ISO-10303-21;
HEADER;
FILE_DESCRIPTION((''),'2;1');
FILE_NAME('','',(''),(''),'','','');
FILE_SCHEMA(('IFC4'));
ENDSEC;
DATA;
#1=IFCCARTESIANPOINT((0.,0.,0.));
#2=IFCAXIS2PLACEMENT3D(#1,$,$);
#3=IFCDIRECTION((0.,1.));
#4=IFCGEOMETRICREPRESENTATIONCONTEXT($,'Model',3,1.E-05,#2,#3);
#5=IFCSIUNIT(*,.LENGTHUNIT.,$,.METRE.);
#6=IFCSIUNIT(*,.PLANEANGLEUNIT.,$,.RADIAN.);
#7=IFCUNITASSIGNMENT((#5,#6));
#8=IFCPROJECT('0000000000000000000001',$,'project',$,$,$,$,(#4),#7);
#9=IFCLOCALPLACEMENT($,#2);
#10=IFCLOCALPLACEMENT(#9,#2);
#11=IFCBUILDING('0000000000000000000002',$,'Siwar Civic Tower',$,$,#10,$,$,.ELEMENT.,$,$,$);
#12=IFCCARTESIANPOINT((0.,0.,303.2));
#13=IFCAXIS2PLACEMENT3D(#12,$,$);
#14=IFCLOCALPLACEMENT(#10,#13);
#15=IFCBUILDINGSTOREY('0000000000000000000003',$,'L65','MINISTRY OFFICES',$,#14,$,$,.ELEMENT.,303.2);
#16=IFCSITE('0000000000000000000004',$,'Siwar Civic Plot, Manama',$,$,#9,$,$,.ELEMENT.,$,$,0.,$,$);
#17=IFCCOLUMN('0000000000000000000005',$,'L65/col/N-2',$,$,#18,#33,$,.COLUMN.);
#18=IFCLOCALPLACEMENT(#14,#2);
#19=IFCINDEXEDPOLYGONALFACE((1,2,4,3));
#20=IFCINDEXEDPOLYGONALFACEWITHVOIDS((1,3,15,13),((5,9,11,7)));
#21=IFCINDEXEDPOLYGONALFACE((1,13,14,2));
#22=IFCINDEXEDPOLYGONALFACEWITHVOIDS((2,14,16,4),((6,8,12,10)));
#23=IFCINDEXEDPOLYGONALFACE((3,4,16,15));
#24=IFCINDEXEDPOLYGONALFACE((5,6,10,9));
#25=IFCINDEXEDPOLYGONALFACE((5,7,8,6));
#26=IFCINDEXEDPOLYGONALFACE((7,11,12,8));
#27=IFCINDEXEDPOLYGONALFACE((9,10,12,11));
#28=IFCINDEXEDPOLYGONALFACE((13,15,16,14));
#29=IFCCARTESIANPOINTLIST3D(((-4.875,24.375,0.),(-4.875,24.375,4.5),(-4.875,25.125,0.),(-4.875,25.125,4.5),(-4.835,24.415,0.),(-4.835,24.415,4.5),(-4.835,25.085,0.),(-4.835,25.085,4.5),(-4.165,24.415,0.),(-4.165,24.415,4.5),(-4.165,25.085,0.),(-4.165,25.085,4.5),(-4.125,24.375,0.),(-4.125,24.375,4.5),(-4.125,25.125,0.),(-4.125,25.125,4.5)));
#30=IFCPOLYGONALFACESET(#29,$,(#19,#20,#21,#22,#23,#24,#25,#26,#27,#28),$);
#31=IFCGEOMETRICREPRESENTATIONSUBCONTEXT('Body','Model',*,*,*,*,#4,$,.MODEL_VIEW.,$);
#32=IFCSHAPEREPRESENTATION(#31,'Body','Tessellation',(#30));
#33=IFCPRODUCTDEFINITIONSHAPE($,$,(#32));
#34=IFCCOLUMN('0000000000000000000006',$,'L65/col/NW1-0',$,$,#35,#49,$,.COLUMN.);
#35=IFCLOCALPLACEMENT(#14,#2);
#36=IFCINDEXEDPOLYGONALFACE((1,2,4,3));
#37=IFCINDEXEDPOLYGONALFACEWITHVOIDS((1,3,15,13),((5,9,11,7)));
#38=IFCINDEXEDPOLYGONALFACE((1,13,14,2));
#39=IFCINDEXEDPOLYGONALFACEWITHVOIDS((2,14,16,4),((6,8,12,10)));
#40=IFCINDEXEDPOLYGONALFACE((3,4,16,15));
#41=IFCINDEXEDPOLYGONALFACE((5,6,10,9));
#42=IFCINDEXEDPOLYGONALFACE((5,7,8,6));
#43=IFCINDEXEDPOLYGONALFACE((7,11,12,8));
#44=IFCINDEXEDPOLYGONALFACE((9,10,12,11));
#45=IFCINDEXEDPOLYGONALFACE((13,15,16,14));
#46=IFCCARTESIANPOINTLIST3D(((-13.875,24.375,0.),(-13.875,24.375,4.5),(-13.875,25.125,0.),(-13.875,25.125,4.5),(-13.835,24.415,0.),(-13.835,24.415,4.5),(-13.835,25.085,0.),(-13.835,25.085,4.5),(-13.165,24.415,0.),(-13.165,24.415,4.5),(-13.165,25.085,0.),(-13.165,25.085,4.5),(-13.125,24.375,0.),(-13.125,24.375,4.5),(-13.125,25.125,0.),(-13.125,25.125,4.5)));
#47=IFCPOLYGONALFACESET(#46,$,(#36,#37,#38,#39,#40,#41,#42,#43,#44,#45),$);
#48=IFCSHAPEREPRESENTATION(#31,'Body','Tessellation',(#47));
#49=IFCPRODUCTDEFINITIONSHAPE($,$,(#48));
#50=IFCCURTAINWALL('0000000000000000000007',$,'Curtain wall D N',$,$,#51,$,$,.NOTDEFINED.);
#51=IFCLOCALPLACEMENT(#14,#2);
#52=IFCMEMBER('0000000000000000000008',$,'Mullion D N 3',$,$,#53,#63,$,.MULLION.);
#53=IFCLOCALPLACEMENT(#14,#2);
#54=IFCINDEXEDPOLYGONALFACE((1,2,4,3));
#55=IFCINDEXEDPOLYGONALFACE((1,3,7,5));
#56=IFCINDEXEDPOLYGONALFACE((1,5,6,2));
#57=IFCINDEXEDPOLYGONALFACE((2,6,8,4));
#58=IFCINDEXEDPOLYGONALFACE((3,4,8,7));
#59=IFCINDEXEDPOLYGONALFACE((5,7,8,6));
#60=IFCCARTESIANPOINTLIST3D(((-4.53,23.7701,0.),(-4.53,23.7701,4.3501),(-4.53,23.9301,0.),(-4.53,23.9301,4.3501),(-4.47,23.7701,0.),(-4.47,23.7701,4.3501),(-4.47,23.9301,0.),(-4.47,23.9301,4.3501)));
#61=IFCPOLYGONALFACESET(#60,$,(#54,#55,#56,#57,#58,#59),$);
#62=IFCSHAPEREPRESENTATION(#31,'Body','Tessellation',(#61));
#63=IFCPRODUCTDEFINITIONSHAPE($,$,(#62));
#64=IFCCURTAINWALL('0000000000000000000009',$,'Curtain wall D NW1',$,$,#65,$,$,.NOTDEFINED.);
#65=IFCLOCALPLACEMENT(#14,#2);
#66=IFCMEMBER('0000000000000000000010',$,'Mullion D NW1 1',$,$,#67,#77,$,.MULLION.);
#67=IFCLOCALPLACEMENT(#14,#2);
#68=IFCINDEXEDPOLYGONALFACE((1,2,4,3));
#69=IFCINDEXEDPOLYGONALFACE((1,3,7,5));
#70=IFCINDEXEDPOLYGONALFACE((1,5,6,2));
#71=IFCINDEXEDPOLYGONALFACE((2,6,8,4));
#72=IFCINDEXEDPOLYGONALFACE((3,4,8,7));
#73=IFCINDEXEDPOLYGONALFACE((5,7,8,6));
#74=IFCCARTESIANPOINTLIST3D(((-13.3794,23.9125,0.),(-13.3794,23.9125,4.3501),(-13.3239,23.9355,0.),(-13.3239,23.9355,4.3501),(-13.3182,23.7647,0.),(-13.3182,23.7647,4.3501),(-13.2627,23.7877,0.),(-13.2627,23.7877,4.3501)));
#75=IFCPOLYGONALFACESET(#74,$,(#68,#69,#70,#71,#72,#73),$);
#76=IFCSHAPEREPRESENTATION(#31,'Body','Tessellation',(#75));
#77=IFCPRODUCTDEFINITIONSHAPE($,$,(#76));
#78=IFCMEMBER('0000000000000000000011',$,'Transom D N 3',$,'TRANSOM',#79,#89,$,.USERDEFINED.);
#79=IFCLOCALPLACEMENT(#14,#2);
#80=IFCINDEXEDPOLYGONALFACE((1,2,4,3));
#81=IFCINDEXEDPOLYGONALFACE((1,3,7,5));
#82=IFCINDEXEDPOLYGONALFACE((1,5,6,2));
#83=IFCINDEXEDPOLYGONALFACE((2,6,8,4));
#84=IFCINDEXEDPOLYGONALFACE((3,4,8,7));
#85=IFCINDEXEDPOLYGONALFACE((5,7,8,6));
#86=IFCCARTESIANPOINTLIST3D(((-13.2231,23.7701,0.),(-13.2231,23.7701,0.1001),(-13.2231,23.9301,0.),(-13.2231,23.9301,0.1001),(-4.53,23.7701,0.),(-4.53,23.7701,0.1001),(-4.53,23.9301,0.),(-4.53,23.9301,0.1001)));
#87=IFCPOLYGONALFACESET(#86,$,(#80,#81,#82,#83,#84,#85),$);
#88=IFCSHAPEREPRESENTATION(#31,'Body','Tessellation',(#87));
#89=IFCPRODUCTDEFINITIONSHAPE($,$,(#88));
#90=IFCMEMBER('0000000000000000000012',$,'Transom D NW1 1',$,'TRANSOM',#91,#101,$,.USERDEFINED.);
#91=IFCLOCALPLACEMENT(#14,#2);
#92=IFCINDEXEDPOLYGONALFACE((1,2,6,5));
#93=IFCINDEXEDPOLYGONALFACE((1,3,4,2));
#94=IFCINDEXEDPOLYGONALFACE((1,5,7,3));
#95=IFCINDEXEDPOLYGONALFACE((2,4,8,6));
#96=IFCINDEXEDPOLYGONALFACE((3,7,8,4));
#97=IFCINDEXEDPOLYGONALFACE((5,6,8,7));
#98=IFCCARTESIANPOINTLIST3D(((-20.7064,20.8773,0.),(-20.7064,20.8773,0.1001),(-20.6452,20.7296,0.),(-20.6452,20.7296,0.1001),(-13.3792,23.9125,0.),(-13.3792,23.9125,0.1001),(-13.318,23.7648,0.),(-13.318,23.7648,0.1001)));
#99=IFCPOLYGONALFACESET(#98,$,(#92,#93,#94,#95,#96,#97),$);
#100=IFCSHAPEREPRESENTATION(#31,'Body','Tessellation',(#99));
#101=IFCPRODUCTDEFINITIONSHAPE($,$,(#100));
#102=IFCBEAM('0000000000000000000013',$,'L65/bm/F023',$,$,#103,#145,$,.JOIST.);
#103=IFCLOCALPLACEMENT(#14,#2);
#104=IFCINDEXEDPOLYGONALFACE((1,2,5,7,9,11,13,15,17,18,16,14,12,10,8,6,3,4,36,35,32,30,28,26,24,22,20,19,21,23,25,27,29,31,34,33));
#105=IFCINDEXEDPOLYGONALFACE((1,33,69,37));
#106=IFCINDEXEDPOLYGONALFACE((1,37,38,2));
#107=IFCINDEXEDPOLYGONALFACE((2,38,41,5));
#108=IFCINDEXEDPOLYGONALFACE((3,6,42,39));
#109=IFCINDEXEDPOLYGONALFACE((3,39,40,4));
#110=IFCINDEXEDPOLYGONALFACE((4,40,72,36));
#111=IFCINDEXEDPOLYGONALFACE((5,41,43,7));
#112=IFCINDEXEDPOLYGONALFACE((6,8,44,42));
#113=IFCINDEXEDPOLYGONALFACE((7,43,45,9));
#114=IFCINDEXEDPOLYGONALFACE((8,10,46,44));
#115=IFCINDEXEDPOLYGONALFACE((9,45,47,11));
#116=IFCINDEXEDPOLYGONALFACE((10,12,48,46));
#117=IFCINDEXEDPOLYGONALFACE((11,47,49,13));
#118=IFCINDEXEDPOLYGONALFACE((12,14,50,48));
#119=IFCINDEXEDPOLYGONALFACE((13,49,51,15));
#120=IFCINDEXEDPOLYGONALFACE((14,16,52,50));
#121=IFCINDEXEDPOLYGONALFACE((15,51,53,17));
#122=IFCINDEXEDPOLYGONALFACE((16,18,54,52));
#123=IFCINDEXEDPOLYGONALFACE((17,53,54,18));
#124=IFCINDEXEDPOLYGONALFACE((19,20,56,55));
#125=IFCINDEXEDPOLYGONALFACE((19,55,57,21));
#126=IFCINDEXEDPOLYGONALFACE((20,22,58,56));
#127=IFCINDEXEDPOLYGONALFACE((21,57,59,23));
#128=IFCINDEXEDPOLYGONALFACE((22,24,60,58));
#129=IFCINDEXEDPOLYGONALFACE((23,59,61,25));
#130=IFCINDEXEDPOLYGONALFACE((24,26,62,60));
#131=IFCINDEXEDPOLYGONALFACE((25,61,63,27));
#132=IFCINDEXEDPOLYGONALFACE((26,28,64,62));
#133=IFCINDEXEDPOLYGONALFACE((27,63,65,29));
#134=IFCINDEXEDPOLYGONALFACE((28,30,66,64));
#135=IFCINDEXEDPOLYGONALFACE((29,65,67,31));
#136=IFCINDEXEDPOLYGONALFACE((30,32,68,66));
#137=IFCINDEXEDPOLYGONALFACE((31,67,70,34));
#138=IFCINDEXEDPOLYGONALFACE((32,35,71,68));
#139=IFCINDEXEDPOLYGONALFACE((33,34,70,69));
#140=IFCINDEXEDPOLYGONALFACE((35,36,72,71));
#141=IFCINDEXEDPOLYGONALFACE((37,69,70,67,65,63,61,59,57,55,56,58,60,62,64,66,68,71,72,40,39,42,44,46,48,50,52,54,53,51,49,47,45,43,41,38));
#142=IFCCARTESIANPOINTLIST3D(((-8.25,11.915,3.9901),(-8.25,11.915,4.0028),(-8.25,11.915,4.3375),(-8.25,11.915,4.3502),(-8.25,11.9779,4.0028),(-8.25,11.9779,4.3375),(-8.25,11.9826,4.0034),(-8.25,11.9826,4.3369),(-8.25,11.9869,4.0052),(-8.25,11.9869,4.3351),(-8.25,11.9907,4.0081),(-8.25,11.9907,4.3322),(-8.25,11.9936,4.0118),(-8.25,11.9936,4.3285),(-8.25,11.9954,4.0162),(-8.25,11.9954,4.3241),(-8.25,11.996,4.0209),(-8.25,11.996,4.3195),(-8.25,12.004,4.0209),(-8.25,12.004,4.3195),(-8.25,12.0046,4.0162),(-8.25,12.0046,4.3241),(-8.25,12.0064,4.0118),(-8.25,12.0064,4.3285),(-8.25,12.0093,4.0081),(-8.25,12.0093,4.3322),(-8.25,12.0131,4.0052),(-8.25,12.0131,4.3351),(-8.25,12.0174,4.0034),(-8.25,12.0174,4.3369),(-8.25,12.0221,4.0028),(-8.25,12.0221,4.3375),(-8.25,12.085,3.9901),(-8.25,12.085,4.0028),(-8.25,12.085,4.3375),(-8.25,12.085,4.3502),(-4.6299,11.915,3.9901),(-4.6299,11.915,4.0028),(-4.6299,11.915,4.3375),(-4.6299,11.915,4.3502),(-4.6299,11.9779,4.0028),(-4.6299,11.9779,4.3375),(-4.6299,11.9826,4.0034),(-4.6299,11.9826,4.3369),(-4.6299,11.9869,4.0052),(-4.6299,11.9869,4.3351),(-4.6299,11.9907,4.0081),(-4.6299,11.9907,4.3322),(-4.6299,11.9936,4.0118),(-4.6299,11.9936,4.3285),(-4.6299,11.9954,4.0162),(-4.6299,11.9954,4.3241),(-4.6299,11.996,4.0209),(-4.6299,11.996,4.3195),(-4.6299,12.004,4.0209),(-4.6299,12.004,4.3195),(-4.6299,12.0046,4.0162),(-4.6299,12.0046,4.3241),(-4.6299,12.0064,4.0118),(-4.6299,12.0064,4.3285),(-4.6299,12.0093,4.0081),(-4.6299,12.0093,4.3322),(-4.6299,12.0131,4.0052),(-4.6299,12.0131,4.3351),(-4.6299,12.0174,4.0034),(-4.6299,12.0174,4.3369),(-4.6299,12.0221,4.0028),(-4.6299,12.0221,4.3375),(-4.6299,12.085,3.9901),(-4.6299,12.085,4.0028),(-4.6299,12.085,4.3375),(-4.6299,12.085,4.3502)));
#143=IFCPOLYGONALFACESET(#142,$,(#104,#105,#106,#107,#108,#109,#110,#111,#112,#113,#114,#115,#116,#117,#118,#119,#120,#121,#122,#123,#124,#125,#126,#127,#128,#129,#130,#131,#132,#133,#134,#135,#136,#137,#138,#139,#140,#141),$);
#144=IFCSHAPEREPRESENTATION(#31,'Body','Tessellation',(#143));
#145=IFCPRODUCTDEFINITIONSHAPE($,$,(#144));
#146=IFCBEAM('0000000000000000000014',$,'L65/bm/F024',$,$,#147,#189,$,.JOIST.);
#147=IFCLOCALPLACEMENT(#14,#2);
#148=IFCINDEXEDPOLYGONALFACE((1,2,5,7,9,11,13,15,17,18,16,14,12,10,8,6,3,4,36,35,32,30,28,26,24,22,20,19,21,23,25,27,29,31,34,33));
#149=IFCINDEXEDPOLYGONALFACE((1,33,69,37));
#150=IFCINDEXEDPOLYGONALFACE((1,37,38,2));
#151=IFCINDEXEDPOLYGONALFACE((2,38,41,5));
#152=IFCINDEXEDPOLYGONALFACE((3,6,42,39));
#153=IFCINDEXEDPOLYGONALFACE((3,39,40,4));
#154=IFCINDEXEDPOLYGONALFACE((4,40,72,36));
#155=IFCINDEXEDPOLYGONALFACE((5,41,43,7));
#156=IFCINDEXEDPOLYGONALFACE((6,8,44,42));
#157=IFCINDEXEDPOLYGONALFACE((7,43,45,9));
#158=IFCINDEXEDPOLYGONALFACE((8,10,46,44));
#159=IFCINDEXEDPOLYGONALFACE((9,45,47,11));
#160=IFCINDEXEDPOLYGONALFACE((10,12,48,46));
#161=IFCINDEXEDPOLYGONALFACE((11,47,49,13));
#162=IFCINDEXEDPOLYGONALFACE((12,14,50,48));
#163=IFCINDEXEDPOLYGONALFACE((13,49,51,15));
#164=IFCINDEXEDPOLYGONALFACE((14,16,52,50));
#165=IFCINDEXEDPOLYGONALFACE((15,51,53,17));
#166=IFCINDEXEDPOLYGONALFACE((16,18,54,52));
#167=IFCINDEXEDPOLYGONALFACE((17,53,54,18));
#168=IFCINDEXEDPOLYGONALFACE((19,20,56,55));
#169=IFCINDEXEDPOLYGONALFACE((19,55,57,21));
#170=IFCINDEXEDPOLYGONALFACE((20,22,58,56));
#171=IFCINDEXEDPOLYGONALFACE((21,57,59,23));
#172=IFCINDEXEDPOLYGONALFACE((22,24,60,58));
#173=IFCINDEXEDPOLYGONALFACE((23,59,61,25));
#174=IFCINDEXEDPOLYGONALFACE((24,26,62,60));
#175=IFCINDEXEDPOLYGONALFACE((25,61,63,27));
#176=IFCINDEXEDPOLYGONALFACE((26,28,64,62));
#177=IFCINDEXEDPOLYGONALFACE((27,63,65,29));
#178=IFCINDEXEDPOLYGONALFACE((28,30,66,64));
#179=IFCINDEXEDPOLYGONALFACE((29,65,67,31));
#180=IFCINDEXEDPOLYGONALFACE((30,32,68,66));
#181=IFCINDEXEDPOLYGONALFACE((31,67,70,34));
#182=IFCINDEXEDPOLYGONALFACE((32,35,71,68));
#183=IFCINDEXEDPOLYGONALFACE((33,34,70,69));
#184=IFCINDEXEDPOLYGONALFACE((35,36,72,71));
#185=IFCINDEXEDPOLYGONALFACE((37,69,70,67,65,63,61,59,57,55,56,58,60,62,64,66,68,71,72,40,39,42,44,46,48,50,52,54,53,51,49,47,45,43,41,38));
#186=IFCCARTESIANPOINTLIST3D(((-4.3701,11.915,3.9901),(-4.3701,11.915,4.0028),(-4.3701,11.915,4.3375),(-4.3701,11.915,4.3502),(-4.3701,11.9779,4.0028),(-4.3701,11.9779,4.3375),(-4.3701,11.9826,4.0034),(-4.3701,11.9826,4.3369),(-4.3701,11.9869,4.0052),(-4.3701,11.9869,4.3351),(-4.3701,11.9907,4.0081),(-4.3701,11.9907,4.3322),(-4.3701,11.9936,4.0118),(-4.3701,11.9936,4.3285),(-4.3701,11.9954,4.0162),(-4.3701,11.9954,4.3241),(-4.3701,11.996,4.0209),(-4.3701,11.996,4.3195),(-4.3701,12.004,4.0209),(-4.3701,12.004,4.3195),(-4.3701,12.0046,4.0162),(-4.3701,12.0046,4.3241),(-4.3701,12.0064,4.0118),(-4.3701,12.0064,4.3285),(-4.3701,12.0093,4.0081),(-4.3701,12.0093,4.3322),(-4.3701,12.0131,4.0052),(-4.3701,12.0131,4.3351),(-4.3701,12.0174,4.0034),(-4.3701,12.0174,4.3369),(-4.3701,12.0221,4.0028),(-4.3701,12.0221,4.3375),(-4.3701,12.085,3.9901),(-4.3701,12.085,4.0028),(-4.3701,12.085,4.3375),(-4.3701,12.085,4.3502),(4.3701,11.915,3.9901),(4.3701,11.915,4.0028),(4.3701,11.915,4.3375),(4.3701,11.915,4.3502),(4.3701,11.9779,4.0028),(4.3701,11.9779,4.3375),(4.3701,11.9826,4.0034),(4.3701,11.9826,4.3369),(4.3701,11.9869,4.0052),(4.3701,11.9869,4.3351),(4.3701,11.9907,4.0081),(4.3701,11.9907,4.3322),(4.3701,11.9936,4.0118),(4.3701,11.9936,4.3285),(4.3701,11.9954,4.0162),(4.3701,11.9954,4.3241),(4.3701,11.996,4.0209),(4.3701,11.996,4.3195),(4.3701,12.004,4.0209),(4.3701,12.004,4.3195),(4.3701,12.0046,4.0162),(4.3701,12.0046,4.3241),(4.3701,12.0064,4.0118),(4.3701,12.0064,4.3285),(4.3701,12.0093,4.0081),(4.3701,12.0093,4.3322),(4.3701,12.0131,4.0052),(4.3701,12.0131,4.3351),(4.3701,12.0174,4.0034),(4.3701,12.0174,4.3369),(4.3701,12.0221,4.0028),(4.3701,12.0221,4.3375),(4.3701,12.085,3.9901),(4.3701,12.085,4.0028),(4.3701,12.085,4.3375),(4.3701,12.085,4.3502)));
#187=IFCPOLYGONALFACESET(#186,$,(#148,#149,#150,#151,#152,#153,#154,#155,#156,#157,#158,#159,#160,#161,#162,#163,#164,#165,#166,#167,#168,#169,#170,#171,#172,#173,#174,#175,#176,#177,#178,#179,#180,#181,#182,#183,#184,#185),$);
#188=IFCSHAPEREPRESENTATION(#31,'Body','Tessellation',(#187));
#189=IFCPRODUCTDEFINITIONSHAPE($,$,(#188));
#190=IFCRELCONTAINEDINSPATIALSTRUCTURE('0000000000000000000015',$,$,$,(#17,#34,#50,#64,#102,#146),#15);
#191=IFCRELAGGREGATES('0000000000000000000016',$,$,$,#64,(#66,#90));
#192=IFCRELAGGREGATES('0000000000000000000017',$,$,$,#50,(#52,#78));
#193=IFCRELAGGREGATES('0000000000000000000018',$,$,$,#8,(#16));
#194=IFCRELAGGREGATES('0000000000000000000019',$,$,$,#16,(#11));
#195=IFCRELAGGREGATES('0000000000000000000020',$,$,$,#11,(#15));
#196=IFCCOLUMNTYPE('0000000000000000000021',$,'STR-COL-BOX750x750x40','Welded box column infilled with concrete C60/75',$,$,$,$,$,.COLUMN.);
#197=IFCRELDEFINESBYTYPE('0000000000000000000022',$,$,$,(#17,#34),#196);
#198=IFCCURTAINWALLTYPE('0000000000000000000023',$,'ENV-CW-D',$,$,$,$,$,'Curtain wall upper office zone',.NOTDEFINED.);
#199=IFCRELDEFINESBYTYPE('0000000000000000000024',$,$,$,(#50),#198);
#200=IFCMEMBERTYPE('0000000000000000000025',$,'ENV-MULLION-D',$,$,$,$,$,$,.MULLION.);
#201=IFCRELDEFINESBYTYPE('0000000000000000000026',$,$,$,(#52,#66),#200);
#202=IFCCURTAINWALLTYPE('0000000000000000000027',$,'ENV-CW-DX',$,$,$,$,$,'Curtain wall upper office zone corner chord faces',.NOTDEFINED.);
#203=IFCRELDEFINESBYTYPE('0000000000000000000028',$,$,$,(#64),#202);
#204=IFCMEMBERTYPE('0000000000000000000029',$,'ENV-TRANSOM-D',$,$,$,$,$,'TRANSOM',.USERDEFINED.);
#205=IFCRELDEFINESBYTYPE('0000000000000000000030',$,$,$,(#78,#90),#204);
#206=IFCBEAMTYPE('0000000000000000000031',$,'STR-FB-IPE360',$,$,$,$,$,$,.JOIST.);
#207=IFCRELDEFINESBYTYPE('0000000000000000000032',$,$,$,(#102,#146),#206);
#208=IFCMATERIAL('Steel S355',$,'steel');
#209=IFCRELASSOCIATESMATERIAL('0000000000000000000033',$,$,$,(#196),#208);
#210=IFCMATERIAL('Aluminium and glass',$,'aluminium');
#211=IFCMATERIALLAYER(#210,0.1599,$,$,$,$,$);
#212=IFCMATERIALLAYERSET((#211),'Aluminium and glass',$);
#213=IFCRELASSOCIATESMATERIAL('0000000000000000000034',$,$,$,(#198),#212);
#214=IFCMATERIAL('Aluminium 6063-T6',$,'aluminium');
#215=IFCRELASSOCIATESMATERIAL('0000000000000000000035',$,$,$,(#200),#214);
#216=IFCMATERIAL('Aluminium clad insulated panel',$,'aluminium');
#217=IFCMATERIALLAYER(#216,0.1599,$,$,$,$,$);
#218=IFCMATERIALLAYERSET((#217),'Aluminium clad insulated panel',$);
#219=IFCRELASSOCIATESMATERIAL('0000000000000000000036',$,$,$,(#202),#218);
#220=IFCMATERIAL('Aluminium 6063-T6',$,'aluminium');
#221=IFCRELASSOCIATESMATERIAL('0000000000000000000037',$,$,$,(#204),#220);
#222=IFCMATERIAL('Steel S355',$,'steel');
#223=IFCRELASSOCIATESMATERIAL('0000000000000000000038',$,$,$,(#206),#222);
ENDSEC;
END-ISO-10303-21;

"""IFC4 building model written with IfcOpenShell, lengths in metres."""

from ifc_helpers import new_model, si_unit, direction, frame, origin, origin_2d, place, context, subcontext, project, spatial, rectangle, hollow_rectangle, i_section, extrude, material, layer, layer_set, material_profile, profile_set, type_object, element, aggregate, save


model = new_model("IFC4")

# Units and contexts
model_context = context("Model", 3, precision=1e-05, world=origin(), true_north=direction((0.0, 1.0)))
body_context = subcontext(model_context, "Body", "Model", "MODEL_VIEW")
ifc_project = project(units=[si_unit("LENGTHUNIT", "METRE"), si_unit("PLANEANGLEUNIT", "RADIAN")], contexts=[model_context])

# Site, building, storey
site_placement = place(None, origin())
site = spatial("IfcSite", under=ifc_project, at=site_placement, Name="Siwar Civic Plot, Manama", CompositionType="ELEMENT", RefElevation=0.0)
building_placement = place(site_placement, origin())
building = spatial("IfcBuilding", under=site, at=building_placement, Name="Siwar Civic Tower", CompositionType="ELEMENT")
storey_placement = place(building_placement, frame((0.0, 0.0, 303.2)))
storey = spatial("IfcBuildingStorey", under=building, at=storey_placement, Name="L65", Description="MINISTRY OFFICES", CompositionType="ELEMENT", Elevation=303.2)

# Columns
ifc_material_1 = material(Name="Steel S355", Category="steel")
ifc_material_profile_1 = material_profile(ifc_material_1, hollow_rectangle(XDim=0.75, YDim=0.75, WallThickness=0.04, at=origin_2d()), Name="BOX750x750x40")
ifc_profile_set_1 = profile_set([ifc_material_profile_1], Name="Steel S355")
column_type = type_object("IfcColumnType", Name="STR-COL-BOX750x750x40", Description="Welded box column infilled with concrete C60/75", PredefinedType="COLUMN", material=ifc_profile_set_1)
for number, where, z_axis, x_axis, name in (
    (1, (-4.5, 24.75, 0.0), (0.0, 0.0, 1.0), (1.0, 0.0, 0.0), "L65/col/N-2"),
    (2, (-13.5, 24.75, 0.0), (0.0, 0.0, 1.0), (1.0, 0.0, 0.0), "L65/col/NW1-0"),
):
    element("IfcColumn", number, at=place(storey_placement, frame(where, z_axis=z_axis, x_axis=x_axis)), inside=storey, type_object=column_type, Name=name, PredefinedType="COLUMN", context=body_context, shape_type="SweptSolid", body=[
        extrude(hollow_rectangle(XDim=0.75, YDim=0.75, WallThickness=0.04, at=origin_2d()), origin(), (0.0, 0.0, 1.0), 4.5),
    ])

# Curtain walls, members
ifc_material_2 = material(Name="Aluminium and glass", Category="aluminium")
ifc_layer_1 = layer(ifc_material_2, 0.1599)
ifc_layer_set_1 = layer_set([ifc_layer_1], Name="Aluminium and glass")
curtain_wall_type_1 = type_object("IfcCurtainWallType", Name="ENV-CW-D", ElementType="Curtain wall upper office zone", PredefinedType="NOTDEFINED", material=ifc_layer_set_1)
curtain_wall_1_placement = place(storey_placement, origin())
curtain_wall_1 = element("IfcCurtainWall", 3, at=curtain_wall_1_placement, inside=storey, type_object=curtain_wall_type_1, Name="Curtain wall D N", PredefinedType="NOTDEFINED")
ifc_material_3 = material(Name="Aluminium 6063-T6", Category="aluminium")
ifc_material_profile_2 = material_profile(ifc_material_3, rectangle(XDim=0.1599, YDim=0.0601, at=origin_2d()), Name="AL 160x60")
ifc_profile_set_2 = profile_set([ifc_material_profile_2], Name="Aluminium 6063-T6")
member_type_1 = type_object("IfcMemberType", Name="ENV-MULLION-D", PredefinedType="MULLION", material=ifc_profile_set_2)
member_1_placement = place(storey_placement, frame((-4.5, 23.8501, 0.0), z_axis=(0.0, 0.0, 1.0), x_axis=(0.0, -1.0, 0.0)))
member_1 = element("IfcMember", 4, at=member_1_placement, type_object=member_type_1, Name="Mullion D N 3", PredefinedType="MULLION", context=body_context, shape_type="SweptSolid", body=[
    extrude(rectangle(XDim=0.1599, YDim=0.0601, at=origin_2d()), origin(), (0.0, 0.0, 1.0), 4.3501),
])
ifc_material_4 = material(Name="Aluminium clad insulated panel", Category="aluminium")
ifc_layer_2 = layer(ifc_material_4, 0.1599)
ifc_layer_set_2 = layer_set([ifc_layer_2], Name="Aluminium clad insulated panel")
curtain_wall_type_2 = type_object("IfcCurtainWallType", Name="ENV-CW-DX", ElementType="Curtain wall upper office zone corner chord faces", PredefinedType="NOTDEFINED", material=ifc_layer_set_2)
curtain_wall_2_placement = place(storey_placement, origin())
curtain_wall_2 = element("IfcCurtainWall", 5, at=curtain_wall_2_placement, inside=storey, type_object=curtain_wall_type_2, Name="Curtain wall D NW1", PredefinedType="NOTDEFINED")
member_2_placement = place(storey_placement, frame((-13.321, 23.8501, 0.0), z_axis=(0.0, 0.0, 1.0), x_axis=(0.382683, -0.92388, 0.0)))
member_2 = element("IfcMember", 6, at=member_2_placement, type_object=member_type_1, Name="Mullion D NW1 1", PredefinedType="MULLION", context=body_context, shape_type="SweptSolid", body=[
    extrude(rectangle(XDim=0.1599, YDim=0.0601, at=origin_2d()), origin(), (0.0, 0.0, 1.0), 4.3501),
])

# Members
ifc_material_5 = material(Name="Aluminium 6063-T6", Category="aluminium")
ifc_material_profile_3 = material_profile(ifc_material_5, rectangle(XDim=0.1599, YDim=0.1001, at=origin_2d()), Name="AL 160x100")
ifc_profile_set_3 = profile_set([ifc_material_profile_3], Name="Aluminium 6063-T6")
member_type_2 = type_object("IfcMemberType", Name="ENV-TRANSOM-D", ElementType="TRANSOM", PredefinedType="USERDEFINED", material=ifc_profile_set_3)
member_3_placement = place(storey_placement, frame((-4.53, 23.8501, 0.05), z_axis=(-1.0, 0.0, 0.0), x_axis=(0.0, -1.0, 0.0)))
member_3 = element("IfcMember", 7, at=member_3_placement, type_object=member_type_2, Name="Transom D N 3", ObjectType="TRANSOM", PredefinedType="USERDEFINED", context=body_context, shape_type="SweptSolid", body=[
    extrude(rectangle(XDim=0.1599, YDim=0.1001, at=origin_2d()), origin(), (0.0, 0.0, 1.0), 8.6931),
])
member_4_placement = place(storey_placement, frame((-13.3486, 23.8386, 0.05), z_axis=(-0.923873, -0.3827, 0.0), x_axis=(0.3827, -0.923873, 0.0)))
member_4 = element("IfcMember", 8, at=member_4_placement, type_object=member_type_2, Name="Transom D NW1 1", ObjectType="TRANSOM", PredefinedType="USERDEFINED", context=body_context, shape_type="SweptSolid", body=[
    extrude(rectangle(XDim=0.1599, YDim=0.1001, at=origin_2d()), origin(), (0.0, 0.0, 1.0), 7.9309),
])
aggregate(curtain_wall_2, [member_2, member_4])

# Beams
ifc_material_6 = material(Name="Steel S355", Category="steel")
ifc_material_profile_4 = material_profile(ifc_material_6, i_section(OverallWidth=0.1699, OverallDepth=0.3601, WebThickness=0.0081, FlangeThickness=0.0127, FilletRadius=0.0181, at=origin_2d()), Name="IPE360")
ifc_profile_set_4 = profile_set([ifc_material_profile_4], Name="Steel S355")
beam_type_1 = type_object("IfcBeamType", Name="STR-FB-IPE360", PredefinedType="JOIST", material=ifc_profile_set_4)
beam_1_placement = place(storey_placement, frame((-8.25, 12.0, 4.1702), z_axis=(1.0, 0.0, 0.0), x_axis=(0.0, 1.0, 0.0)))
element("IfcBeam", 9, at=beam_1_placement, inside=storey, type_object=beam_type_1, Name="L65/bm/F023", PredefinedType="JOIST", context=body_context, shape_type="SweptSolid", body=[
    extrude(i_section(OverallWidth=0.1699, OverallDepth=0.3601, WebThickness=0.0081, FlangeThickness=0.0127, FilletRadius=0.0181, at=origin_2d()), origin(), (0.0, 0.0, 1.0), 3.6201),
])
for number, where, z_axis, x_axis, name in (
    (10, (-4.3701, 12.0, 4.1702), (1.0, 0.0, 0.0), (0.0, 1.0, 0.0), "L65/bm/F024"),
):
    element("IfcBeam", number, at=place(storey_placement, frame(where, z_axis=z_axis, x_axis=x_axis)), inside=storey, type_object=beam_type_1, Name=name, PredefinedType="JOIST", context=body_context, shape_type="SweptSolid", body=[
        extrude(i_section(OverallWidth=0.1699, OverallDepth=0.3601, WebThickness=0.0081, FlangeThickness=0.0127, FilletRadius=0.0181, at=origin_2d()), origin(), (0.0, 0.0, 1.0), 8.7402),
    ])

aggregate(curtain_wall_1, [member_1, member_3])

save(model, "model.ifc")
